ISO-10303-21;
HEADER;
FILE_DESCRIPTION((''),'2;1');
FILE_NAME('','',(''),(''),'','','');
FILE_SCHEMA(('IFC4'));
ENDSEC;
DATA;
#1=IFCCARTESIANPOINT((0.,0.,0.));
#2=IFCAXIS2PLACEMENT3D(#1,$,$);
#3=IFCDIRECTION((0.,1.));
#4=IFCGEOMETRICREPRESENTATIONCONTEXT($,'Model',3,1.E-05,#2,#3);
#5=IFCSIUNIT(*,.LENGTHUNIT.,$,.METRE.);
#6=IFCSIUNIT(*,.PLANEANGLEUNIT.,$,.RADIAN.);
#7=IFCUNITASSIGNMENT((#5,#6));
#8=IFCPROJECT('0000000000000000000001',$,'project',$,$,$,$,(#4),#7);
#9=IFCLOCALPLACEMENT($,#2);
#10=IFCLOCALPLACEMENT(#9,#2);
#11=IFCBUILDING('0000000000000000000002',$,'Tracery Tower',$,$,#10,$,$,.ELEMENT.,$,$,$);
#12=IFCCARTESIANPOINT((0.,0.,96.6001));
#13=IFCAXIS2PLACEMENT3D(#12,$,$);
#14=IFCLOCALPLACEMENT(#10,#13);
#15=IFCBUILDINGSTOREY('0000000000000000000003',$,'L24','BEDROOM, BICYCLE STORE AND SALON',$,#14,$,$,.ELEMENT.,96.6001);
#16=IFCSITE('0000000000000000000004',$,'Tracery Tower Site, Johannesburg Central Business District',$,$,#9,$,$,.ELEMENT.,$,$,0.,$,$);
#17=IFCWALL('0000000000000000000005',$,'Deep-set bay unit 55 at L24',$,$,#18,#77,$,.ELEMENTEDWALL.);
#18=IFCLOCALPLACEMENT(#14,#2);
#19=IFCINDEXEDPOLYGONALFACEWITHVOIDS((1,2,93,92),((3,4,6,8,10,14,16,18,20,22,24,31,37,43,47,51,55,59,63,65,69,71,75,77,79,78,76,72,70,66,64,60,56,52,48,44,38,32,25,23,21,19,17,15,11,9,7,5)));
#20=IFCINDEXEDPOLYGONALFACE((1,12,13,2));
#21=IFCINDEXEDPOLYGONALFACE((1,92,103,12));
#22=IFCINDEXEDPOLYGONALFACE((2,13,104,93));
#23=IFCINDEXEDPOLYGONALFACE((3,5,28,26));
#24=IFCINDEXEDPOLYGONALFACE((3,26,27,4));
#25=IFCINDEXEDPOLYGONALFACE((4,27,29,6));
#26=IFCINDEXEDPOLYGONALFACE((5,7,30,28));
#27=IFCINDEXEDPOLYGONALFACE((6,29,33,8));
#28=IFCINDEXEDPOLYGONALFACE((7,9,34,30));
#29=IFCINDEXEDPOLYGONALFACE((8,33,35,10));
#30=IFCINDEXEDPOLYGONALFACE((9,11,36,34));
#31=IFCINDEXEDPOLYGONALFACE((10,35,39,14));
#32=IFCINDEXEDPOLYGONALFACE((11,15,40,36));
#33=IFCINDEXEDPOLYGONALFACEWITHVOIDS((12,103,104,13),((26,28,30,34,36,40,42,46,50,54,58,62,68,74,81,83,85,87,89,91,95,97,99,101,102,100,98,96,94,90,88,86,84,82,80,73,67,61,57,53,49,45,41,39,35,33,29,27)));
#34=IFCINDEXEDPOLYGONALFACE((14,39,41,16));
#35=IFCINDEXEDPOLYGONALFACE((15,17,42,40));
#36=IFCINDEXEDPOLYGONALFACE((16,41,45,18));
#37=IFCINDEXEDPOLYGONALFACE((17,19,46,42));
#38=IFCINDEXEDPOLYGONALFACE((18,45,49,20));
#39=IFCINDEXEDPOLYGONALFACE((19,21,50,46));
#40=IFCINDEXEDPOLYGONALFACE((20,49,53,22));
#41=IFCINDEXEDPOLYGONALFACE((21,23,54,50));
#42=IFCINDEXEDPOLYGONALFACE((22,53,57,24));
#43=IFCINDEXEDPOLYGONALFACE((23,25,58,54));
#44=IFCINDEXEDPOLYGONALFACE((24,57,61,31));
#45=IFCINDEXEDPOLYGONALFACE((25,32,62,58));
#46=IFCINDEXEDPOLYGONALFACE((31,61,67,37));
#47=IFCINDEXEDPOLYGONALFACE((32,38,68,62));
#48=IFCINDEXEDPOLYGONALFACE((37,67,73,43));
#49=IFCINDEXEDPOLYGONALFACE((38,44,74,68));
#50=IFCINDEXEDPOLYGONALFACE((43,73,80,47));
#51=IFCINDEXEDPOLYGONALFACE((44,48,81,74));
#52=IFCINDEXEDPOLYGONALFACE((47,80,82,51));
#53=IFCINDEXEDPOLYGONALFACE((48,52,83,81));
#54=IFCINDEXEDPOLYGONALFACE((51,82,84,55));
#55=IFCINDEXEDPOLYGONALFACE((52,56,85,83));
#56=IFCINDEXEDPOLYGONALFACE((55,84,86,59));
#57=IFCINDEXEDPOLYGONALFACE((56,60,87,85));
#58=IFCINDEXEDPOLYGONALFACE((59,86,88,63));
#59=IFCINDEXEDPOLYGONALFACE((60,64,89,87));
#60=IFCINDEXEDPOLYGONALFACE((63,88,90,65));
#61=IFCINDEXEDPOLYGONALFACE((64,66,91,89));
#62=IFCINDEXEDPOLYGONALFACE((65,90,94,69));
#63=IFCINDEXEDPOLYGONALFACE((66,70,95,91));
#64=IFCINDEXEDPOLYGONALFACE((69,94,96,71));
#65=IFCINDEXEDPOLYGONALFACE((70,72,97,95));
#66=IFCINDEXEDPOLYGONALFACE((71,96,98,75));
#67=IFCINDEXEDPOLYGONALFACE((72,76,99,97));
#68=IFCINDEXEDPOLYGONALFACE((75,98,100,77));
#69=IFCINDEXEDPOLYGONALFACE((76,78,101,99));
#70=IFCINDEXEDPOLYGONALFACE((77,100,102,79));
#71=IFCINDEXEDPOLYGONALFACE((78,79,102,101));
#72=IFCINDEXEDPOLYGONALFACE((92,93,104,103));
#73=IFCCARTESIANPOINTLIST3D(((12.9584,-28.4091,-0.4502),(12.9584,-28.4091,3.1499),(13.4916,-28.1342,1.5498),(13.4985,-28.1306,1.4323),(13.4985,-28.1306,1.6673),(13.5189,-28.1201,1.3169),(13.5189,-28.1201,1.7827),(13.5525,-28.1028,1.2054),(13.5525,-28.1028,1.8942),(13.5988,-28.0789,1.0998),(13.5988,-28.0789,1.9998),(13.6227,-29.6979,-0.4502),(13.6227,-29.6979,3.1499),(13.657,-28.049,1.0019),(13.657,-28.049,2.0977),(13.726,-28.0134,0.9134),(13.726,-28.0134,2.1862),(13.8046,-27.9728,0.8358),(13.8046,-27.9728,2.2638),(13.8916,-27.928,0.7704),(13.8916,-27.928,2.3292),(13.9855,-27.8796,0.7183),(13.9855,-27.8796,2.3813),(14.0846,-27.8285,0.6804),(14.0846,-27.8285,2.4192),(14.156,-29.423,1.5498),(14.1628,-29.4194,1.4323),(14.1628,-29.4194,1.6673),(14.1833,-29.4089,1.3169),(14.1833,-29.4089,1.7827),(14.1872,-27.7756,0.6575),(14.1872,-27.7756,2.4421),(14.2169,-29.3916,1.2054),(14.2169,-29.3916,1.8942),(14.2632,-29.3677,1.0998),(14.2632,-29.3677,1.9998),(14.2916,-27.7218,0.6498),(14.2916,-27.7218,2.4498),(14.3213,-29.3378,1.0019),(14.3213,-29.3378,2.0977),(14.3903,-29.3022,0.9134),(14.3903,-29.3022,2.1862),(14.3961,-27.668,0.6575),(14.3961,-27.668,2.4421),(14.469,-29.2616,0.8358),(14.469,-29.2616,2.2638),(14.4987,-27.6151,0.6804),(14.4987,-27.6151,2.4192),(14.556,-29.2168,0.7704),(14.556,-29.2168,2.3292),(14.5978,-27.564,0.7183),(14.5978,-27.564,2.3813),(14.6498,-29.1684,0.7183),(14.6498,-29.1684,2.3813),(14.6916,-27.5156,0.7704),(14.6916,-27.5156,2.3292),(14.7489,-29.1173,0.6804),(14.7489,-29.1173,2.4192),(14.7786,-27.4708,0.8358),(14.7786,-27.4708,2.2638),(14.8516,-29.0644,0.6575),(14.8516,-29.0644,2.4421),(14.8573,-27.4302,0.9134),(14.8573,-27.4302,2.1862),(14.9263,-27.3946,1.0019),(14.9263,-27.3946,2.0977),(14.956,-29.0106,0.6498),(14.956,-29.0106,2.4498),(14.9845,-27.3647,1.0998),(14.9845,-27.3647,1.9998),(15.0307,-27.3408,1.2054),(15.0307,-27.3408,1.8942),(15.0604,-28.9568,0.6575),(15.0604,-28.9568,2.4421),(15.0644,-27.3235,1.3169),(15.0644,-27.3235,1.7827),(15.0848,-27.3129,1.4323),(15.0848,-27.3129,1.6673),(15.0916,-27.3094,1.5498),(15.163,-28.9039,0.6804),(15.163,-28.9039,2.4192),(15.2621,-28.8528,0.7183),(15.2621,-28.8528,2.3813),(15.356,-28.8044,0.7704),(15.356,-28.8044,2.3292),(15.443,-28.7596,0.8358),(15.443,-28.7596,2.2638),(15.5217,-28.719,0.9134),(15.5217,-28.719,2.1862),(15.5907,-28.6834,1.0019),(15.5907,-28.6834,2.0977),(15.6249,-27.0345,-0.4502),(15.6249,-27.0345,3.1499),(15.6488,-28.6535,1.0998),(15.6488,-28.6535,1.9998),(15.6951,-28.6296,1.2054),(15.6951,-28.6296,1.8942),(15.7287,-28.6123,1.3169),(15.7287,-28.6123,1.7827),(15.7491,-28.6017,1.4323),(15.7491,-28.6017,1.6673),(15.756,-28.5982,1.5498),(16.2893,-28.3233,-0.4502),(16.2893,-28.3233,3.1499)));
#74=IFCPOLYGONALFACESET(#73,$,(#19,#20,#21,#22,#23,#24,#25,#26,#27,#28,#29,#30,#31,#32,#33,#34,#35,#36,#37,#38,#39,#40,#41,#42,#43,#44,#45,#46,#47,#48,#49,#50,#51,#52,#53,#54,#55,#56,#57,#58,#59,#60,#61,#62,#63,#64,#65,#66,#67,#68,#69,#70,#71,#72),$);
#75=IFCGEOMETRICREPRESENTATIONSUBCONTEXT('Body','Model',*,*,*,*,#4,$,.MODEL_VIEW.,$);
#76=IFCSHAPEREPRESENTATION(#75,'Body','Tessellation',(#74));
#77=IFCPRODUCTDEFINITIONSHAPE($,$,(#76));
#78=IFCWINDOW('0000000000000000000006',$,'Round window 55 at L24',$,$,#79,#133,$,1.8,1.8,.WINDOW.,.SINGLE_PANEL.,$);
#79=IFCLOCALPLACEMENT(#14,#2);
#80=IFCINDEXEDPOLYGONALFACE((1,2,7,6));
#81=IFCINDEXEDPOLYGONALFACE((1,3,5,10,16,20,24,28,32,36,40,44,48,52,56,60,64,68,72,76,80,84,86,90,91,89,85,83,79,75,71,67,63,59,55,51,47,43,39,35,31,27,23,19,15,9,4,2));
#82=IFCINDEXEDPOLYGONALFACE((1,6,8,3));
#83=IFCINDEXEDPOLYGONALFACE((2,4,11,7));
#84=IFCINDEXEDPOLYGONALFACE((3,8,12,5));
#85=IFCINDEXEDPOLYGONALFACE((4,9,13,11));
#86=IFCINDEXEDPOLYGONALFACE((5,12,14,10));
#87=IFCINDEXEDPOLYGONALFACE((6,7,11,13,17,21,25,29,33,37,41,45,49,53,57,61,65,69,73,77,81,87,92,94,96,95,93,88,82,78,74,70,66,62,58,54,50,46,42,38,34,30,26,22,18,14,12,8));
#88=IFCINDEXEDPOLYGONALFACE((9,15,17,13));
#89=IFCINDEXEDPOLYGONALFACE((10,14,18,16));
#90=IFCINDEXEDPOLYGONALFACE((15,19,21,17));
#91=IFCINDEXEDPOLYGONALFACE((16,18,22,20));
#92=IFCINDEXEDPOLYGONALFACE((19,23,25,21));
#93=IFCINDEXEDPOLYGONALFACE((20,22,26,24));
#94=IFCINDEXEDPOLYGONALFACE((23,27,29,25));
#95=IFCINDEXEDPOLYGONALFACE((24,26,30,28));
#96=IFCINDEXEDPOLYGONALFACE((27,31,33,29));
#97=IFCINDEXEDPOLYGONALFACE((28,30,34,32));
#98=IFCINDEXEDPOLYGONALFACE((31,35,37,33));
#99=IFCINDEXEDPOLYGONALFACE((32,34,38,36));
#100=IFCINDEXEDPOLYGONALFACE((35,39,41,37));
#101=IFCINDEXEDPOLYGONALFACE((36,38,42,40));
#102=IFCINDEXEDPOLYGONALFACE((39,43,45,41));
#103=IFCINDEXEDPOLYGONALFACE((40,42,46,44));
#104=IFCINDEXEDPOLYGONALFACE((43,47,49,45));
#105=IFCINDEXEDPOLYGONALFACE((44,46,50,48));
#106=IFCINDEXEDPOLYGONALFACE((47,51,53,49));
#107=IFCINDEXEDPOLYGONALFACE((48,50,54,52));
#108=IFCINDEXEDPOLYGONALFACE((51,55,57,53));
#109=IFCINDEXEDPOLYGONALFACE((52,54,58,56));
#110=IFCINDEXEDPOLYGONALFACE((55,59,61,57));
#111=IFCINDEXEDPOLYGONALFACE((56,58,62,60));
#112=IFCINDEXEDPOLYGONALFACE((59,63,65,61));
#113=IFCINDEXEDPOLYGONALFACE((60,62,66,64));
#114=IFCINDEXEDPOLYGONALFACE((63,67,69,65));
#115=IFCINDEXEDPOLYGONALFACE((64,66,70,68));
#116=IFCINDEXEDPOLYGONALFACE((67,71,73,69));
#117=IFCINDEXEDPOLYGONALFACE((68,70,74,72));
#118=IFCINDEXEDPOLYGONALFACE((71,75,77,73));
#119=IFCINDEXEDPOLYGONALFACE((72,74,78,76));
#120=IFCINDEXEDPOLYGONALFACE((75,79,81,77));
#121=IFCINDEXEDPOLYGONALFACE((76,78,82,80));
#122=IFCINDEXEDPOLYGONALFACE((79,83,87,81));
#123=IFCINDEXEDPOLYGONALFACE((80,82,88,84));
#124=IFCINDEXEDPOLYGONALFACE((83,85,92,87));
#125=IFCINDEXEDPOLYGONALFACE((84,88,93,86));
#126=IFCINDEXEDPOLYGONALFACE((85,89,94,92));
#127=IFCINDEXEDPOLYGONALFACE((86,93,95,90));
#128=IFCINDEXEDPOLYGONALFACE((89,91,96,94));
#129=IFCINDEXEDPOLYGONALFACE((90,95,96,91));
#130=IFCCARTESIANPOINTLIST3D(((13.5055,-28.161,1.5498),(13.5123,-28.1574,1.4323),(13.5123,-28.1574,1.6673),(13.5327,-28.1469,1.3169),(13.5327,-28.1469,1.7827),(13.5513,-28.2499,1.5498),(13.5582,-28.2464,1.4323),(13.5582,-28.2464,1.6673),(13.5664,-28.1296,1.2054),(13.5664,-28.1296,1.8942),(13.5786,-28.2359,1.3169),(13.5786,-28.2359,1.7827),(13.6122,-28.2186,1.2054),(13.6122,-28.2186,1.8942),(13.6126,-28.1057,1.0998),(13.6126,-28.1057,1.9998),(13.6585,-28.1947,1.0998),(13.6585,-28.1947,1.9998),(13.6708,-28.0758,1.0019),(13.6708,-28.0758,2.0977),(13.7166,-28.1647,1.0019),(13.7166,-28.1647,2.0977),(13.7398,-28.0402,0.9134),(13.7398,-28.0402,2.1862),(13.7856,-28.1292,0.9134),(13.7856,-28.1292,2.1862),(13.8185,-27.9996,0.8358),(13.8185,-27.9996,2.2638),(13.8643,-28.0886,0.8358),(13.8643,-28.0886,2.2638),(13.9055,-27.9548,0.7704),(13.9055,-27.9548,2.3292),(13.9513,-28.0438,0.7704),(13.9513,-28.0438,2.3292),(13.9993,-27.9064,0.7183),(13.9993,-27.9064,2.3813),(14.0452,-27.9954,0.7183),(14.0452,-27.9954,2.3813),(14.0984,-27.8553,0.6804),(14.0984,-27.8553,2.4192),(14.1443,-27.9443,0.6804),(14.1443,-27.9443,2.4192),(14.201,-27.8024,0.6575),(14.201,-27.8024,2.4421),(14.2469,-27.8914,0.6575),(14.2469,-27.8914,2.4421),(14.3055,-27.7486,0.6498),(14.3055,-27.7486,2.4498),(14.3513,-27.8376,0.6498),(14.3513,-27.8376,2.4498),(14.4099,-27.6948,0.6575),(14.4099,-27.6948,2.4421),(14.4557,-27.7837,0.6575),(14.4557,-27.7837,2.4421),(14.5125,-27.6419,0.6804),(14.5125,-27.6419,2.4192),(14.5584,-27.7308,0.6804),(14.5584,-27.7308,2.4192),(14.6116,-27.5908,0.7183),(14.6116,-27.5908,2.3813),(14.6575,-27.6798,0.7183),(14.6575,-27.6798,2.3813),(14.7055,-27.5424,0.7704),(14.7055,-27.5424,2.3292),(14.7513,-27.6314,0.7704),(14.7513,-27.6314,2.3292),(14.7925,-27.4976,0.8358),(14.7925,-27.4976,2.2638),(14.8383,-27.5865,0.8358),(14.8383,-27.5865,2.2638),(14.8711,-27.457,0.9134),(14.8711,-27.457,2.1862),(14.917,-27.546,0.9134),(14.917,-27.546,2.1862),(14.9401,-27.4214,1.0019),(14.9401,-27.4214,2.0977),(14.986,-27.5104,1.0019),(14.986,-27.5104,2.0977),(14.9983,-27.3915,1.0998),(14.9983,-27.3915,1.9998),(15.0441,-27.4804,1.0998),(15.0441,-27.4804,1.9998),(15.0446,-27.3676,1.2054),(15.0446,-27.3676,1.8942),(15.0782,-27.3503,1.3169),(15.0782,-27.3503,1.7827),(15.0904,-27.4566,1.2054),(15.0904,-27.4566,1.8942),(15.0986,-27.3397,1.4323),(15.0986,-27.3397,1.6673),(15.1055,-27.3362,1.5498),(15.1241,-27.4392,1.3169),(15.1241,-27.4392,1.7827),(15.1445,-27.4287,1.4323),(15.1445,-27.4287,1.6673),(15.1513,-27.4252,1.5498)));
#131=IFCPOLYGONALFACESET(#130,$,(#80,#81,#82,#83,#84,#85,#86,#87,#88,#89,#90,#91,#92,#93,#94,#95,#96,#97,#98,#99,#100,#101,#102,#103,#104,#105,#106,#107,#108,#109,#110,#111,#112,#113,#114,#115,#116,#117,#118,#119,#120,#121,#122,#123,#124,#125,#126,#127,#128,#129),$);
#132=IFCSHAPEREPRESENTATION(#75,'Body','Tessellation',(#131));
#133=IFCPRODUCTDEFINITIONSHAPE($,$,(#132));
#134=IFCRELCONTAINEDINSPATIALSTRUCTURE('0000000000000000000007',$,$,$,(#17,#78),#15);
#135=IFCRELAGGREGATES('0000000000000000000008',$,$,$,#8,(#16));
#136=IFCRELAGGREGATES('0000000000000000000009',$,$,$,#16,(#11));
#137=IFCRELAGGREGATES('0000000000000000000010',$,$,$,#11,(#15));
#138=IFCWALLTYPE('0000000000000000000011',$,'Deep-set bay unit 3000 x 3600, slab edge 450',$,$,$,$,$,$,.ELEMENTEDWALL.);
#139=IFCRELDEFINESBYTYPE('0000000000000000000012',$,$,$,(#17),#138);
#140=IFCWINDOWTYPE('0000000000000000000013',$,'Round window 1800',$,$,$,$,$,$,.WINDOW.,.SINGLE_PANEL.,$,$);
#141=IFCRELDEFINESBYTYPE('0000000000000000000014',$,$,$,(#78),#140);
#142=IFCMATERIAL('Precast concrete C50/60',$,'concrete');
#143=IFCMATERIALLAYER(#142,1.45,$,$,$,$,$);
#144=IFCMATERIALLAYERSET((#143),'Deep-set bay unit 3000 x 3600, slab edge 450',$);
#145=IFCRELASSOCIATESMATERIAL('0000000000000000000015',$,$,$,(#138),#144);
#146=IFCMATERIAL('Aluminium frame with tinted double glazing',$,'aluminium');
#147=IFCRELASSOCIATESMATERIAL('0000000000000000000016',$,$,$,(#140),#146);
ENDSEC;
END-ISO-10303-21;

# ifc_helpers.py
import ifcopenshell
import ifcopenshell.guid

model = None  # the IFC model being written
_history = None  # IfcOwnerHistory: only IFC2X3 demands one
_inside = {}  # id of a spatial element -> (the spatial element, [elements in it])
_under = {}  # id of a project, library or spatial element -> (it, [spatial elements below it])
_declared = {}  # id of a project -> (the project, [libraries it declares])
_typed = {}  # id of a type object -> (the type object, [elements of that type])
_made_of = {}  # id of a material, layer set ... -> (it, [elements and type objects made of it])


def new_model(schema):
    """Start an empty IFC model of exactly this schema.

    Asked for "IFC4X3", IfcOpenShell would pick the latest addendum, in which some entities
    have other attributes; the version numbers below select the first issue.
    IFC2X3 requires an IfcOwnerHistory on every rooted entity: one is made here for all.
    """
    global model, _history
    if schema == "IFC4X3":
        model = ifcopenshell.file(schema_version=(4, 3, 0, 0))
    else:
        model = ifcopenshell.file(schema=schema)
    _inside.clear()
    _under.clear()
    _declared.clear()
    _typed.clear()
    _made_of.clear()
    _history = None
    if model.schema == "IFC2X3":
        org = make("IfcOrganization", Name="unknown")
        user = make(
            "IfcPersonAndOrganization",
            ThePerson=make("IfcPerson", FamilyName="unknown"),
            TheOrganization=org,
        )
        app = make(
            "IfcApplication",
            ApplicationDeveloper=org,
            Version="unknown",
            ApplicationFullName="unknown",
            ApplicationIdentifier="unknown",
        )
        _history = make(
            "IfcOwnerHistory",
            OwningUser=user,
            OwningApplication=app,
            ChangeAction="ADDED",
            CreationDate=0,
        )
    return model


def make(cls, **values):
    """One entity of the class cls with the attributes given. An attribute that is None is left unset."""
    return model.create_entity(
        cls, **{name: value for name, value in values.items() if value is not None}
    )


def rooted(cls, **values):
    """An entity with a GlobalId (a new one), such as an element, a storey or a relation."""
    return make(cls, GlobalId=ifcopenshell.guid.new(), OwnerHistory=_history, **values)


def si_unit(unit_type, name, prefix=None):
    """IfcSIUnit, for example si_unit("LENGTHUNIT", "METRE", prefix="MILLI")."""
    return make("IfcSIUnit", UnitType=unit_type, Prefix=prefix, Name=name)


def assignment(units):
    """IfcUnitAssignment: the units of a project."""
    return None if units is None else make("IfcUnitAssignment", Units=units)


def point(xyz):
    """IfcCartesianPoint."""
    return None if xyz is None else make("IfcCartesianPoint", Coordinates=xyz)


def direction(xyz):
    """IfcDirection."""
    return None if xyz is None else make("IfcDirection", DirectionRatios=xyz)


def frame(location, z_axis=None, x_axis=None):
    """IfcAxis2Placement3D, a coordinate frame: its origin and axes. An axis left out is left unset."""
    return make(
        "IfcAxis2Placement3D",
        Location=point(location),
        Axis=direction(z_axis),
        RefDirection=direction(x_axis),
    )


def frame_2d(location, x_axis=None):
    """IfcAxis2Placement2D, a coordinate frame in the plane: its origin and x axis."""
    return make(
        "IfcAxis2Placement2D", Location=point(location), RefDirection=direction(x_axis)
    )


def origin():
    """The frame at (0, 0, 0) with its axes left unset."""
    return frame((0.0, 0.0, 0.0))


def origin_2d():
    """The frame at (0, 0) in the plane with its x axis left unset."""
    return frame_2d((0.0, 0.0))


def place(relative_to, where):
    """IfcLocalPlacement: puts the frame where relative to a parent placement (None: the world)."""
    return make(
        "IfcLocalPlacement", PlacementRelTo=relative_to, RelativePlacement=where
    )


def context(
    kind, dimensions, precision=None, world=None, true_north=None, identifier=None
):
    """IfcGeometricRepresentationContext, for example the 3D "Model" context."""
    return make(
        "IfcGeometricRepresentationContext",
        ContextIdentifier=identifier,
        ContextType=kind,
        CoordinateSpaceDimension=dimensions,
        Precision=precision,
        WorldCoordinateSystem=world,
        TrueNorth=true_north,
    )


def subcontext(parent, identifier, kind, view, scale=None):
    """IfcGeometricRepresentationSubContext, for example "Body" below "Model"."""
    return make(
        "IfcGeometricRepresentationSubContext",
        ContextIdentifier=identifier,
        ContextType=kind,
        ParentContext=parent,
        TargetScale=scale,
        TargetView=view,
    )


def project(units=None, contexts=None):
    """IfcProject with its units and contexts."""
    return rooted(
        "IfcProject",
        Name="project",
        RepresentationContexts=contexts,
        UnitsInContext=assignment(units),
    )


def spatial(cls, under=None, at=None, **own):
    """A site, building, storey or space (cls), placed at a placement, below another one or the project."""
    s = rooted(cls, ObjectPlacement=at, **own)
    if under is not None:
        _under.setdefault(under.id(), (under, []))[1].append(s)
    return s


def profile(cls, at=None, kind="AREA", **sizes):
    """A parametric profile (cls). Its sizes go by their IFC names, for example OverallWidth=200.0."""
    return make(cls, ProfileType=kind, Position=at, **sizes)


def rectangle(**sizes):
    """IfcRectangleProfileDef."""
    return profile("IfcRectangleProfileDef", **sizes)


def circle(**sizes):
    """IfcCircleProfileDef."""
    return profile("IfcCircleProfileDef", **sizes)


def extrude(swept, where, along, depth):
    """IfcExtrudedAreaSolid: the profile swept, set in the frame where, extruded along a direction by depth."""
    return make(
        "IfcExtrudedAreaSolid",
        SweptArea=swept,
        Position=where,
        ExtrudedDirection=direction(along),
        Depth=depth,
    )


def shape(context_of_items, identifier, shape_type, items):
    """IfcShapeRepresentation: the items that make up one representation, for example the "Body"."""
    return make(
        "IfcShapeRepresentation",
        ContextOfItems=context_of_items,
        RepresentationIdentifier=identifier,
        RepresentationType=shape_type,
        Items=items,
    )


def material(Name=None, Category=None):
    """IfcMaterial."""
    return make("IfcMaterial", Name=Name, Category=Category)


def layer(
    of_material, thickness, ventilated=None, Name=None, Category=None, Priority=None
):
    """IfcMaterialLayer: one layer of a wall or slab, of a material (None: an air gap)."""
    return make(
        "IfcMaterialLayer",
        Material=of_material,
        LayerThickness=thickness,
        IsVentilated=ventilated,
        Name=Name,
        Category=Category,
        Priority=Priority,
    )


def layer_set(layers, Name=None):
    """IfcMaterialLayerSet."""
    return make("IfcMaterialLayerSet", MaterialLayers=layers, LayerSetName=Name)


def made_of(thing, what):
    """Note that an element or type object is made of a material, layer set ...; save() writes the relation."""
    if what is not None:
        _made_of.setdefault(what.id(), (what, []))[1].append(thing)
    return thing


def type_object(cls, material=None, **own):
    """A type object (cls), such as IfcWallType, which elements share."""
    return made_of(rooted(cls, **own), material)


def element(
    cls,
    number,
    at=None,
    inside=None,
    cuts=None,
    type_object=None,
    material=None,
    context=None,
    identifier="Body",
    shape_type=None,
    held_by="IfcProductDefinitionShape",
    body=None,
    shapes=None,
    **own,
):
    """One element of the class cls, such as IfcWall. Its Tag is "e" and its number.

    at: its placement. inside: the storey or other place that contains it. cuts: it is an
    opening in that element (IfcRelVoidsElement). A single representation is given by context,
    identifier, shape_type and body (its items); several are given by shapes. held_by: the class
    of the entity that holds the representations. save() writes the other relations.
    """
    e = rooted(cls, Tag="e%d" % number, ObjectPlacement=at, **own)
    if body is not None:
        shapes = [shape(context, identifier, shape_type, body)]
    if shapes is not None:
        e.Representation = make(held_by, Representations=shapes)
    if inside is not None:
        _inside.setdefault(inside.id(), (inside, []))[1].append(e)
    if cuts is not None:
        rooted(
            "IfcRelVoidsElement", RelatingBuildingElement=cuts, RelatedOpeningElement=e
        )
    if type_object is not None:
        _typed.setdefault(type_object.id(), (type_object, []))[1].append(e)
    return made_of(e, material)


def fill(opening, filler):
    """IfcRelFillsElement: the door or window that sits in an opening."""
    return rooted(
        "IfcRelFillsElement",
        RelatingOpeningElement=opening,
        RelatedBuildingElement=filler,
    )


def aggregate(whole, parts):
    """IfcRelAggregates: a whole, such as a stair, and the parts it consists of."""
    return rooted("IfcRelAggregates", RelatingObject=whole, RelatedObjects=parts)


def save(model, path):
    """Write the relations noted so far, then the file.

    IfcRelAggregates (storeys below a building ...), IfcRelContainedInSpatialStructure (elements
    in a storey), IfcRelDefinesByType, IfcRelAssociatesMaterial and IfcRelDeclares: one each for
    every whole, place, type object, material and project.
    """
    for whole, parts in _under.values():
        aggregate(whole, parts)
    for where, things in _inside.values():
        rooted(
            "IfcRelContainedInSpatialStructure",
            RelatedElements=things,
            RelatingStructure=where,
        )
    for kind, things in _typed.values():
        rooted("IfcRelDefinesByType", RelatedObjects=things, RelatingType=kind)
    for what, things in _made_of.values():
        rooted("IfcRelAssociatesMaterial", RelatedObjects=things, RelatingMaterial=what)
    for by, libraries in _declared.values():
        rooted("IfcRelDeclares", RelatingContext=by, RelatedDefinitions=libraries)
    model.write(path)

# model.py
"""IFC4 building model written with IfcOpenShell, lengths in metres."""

from ifc_helpers import new_model, si_unit, direction, frame, frame_2d, origin, origin_2d, place, context, subcontext, project, spatial, rectangle, circle, extrude, material, layer, layer_set, type_object, element, fill, save


model = new_model("IFC4")

# Units and contexts
model_context = context("Model", 3, precision=1e-05, world=origin(), true_north=direction((0.0, 1.0)))
body_context = subcontext(model_context, "Body", "Model", "MODEL_VIEW")
ifc_project = project(units=[si_unit("LENGTHUNIT", "METRE"), si_unit("PLANEANGLEUNIT", "RADIAN")], contexts=[model_context])

# Site, building, storey
site_placement = place(None, origin())
site = spatial("IfcSite", under=ifc_project, at=site_placement, Name="Tracery Tower Site, Johannesburg Central Business District", CompositionType="ELEMENT", RefElevation=0.0)
building_placement = place(site_placement, origin())
building = spatial("IfcBuilding", under=site, at=building_placement, Name="Tracery Tower", CompositionType="ELEMENT")
storey_placement = place(building_placement, frame((0.0, 0.0, 96.6001)))
storey = spatial("IfcBuildingStorey", under=building, at=storey_placement, Name="L24", Description="BEDROOM, BICYCLE STORE AND SALON", CompositionType="ELEMENT", Elevation=96.6001)

# Wall, opening, window
ifc_material_1 = material(Name="Precast concrete C50/60", Category="concrete")
ifc_layer_1 = layer(ifc_material_1, 1.45)
ifc_layer_set_1 = layer_set([ifc_layer_1], Name="Deep-set bay unit 3000 x 3600, slab edge 450")
wall_type_1 = type_object("IfcWallType", Name="Deep-set bay unit 3000 x 3600, slab edge 450", PredefinedType="ELEMENTEDWALL", material=ifc_layer_set_1)
wall_1_placement = place(storey_placement, frame((13.2905, -29.0535, -0.4502), z_axis=(0.0, 0.0, 1.0), x_axis=(0.888858, 0.458183, 0.0)))
wall_1 = element("IfcWall", 1, at=wall_1_placement, inside=storey, type_object=wall_type_1, Name="Deep-set bay unit 55 at L24", PredefinedType="ELEMENTEDWALL", context=body_context, shape_type="SweptSolid", body=[
    extrude(rectangle(XDim=3.0, YDim=1.45, at=frame_2d((1.5, 0.0))), origin(), (0.0, 0.0, 1.0), 3.6001),
])
opening_1_placement = place(wall_1_placement, frame((1.5, 0.0, 2.0)))
opening_1 = element("IfcOpeningElement", 2, at=opening_1_placement, cuts=wall_1, PredefinedType="OPENING", context=body_context, shape_type="SweptSolid", body=[
    extrude(circle(Radius=0.9, at=origin_2d()), frame((0.0, 0.7349, 0.0), z_axis=(0.0, -1.0, 0.0), x_axis=(1.0, 0.0, 0.0)), (0.0, 0.0, 1.0), 1.47),
])
ifc_material_2 = material(Name="Aluminium frame with tinted double glazing", Category="aluminium")
window_type = type_object("IfcWindowType", Name="Round window 1800", PartitioningType="SINGLE_PANEL", PredefinedType="WINDOW", material=ifc_material_2)
window_1_placement = place(opening_1_placement, origin())
window_1 = element("IfcWindow", 3, at=window_1_placement, inside=storey, type_object=window_type, Name="Round window 55 at L24", OverallHeight=1.8, OverallWidth=1.8, PartitioningType="SINGLE_PANEL", PredefinedType="WINDOW", context=body_context, shape_type="SweptSolid", body=[
    extrude(circle(Radius=0.9, at=origin_2d()), frame((0.0, 0.6948, 0.0), z_axis=(0.0, -1.0, 0.0), x_axis=(1.0, 0.0, 0.0)), (0.0, 0.0, 1.0), 0.1001),
])
fill(opening_1, window_1)

save(model, "model.ifc")
